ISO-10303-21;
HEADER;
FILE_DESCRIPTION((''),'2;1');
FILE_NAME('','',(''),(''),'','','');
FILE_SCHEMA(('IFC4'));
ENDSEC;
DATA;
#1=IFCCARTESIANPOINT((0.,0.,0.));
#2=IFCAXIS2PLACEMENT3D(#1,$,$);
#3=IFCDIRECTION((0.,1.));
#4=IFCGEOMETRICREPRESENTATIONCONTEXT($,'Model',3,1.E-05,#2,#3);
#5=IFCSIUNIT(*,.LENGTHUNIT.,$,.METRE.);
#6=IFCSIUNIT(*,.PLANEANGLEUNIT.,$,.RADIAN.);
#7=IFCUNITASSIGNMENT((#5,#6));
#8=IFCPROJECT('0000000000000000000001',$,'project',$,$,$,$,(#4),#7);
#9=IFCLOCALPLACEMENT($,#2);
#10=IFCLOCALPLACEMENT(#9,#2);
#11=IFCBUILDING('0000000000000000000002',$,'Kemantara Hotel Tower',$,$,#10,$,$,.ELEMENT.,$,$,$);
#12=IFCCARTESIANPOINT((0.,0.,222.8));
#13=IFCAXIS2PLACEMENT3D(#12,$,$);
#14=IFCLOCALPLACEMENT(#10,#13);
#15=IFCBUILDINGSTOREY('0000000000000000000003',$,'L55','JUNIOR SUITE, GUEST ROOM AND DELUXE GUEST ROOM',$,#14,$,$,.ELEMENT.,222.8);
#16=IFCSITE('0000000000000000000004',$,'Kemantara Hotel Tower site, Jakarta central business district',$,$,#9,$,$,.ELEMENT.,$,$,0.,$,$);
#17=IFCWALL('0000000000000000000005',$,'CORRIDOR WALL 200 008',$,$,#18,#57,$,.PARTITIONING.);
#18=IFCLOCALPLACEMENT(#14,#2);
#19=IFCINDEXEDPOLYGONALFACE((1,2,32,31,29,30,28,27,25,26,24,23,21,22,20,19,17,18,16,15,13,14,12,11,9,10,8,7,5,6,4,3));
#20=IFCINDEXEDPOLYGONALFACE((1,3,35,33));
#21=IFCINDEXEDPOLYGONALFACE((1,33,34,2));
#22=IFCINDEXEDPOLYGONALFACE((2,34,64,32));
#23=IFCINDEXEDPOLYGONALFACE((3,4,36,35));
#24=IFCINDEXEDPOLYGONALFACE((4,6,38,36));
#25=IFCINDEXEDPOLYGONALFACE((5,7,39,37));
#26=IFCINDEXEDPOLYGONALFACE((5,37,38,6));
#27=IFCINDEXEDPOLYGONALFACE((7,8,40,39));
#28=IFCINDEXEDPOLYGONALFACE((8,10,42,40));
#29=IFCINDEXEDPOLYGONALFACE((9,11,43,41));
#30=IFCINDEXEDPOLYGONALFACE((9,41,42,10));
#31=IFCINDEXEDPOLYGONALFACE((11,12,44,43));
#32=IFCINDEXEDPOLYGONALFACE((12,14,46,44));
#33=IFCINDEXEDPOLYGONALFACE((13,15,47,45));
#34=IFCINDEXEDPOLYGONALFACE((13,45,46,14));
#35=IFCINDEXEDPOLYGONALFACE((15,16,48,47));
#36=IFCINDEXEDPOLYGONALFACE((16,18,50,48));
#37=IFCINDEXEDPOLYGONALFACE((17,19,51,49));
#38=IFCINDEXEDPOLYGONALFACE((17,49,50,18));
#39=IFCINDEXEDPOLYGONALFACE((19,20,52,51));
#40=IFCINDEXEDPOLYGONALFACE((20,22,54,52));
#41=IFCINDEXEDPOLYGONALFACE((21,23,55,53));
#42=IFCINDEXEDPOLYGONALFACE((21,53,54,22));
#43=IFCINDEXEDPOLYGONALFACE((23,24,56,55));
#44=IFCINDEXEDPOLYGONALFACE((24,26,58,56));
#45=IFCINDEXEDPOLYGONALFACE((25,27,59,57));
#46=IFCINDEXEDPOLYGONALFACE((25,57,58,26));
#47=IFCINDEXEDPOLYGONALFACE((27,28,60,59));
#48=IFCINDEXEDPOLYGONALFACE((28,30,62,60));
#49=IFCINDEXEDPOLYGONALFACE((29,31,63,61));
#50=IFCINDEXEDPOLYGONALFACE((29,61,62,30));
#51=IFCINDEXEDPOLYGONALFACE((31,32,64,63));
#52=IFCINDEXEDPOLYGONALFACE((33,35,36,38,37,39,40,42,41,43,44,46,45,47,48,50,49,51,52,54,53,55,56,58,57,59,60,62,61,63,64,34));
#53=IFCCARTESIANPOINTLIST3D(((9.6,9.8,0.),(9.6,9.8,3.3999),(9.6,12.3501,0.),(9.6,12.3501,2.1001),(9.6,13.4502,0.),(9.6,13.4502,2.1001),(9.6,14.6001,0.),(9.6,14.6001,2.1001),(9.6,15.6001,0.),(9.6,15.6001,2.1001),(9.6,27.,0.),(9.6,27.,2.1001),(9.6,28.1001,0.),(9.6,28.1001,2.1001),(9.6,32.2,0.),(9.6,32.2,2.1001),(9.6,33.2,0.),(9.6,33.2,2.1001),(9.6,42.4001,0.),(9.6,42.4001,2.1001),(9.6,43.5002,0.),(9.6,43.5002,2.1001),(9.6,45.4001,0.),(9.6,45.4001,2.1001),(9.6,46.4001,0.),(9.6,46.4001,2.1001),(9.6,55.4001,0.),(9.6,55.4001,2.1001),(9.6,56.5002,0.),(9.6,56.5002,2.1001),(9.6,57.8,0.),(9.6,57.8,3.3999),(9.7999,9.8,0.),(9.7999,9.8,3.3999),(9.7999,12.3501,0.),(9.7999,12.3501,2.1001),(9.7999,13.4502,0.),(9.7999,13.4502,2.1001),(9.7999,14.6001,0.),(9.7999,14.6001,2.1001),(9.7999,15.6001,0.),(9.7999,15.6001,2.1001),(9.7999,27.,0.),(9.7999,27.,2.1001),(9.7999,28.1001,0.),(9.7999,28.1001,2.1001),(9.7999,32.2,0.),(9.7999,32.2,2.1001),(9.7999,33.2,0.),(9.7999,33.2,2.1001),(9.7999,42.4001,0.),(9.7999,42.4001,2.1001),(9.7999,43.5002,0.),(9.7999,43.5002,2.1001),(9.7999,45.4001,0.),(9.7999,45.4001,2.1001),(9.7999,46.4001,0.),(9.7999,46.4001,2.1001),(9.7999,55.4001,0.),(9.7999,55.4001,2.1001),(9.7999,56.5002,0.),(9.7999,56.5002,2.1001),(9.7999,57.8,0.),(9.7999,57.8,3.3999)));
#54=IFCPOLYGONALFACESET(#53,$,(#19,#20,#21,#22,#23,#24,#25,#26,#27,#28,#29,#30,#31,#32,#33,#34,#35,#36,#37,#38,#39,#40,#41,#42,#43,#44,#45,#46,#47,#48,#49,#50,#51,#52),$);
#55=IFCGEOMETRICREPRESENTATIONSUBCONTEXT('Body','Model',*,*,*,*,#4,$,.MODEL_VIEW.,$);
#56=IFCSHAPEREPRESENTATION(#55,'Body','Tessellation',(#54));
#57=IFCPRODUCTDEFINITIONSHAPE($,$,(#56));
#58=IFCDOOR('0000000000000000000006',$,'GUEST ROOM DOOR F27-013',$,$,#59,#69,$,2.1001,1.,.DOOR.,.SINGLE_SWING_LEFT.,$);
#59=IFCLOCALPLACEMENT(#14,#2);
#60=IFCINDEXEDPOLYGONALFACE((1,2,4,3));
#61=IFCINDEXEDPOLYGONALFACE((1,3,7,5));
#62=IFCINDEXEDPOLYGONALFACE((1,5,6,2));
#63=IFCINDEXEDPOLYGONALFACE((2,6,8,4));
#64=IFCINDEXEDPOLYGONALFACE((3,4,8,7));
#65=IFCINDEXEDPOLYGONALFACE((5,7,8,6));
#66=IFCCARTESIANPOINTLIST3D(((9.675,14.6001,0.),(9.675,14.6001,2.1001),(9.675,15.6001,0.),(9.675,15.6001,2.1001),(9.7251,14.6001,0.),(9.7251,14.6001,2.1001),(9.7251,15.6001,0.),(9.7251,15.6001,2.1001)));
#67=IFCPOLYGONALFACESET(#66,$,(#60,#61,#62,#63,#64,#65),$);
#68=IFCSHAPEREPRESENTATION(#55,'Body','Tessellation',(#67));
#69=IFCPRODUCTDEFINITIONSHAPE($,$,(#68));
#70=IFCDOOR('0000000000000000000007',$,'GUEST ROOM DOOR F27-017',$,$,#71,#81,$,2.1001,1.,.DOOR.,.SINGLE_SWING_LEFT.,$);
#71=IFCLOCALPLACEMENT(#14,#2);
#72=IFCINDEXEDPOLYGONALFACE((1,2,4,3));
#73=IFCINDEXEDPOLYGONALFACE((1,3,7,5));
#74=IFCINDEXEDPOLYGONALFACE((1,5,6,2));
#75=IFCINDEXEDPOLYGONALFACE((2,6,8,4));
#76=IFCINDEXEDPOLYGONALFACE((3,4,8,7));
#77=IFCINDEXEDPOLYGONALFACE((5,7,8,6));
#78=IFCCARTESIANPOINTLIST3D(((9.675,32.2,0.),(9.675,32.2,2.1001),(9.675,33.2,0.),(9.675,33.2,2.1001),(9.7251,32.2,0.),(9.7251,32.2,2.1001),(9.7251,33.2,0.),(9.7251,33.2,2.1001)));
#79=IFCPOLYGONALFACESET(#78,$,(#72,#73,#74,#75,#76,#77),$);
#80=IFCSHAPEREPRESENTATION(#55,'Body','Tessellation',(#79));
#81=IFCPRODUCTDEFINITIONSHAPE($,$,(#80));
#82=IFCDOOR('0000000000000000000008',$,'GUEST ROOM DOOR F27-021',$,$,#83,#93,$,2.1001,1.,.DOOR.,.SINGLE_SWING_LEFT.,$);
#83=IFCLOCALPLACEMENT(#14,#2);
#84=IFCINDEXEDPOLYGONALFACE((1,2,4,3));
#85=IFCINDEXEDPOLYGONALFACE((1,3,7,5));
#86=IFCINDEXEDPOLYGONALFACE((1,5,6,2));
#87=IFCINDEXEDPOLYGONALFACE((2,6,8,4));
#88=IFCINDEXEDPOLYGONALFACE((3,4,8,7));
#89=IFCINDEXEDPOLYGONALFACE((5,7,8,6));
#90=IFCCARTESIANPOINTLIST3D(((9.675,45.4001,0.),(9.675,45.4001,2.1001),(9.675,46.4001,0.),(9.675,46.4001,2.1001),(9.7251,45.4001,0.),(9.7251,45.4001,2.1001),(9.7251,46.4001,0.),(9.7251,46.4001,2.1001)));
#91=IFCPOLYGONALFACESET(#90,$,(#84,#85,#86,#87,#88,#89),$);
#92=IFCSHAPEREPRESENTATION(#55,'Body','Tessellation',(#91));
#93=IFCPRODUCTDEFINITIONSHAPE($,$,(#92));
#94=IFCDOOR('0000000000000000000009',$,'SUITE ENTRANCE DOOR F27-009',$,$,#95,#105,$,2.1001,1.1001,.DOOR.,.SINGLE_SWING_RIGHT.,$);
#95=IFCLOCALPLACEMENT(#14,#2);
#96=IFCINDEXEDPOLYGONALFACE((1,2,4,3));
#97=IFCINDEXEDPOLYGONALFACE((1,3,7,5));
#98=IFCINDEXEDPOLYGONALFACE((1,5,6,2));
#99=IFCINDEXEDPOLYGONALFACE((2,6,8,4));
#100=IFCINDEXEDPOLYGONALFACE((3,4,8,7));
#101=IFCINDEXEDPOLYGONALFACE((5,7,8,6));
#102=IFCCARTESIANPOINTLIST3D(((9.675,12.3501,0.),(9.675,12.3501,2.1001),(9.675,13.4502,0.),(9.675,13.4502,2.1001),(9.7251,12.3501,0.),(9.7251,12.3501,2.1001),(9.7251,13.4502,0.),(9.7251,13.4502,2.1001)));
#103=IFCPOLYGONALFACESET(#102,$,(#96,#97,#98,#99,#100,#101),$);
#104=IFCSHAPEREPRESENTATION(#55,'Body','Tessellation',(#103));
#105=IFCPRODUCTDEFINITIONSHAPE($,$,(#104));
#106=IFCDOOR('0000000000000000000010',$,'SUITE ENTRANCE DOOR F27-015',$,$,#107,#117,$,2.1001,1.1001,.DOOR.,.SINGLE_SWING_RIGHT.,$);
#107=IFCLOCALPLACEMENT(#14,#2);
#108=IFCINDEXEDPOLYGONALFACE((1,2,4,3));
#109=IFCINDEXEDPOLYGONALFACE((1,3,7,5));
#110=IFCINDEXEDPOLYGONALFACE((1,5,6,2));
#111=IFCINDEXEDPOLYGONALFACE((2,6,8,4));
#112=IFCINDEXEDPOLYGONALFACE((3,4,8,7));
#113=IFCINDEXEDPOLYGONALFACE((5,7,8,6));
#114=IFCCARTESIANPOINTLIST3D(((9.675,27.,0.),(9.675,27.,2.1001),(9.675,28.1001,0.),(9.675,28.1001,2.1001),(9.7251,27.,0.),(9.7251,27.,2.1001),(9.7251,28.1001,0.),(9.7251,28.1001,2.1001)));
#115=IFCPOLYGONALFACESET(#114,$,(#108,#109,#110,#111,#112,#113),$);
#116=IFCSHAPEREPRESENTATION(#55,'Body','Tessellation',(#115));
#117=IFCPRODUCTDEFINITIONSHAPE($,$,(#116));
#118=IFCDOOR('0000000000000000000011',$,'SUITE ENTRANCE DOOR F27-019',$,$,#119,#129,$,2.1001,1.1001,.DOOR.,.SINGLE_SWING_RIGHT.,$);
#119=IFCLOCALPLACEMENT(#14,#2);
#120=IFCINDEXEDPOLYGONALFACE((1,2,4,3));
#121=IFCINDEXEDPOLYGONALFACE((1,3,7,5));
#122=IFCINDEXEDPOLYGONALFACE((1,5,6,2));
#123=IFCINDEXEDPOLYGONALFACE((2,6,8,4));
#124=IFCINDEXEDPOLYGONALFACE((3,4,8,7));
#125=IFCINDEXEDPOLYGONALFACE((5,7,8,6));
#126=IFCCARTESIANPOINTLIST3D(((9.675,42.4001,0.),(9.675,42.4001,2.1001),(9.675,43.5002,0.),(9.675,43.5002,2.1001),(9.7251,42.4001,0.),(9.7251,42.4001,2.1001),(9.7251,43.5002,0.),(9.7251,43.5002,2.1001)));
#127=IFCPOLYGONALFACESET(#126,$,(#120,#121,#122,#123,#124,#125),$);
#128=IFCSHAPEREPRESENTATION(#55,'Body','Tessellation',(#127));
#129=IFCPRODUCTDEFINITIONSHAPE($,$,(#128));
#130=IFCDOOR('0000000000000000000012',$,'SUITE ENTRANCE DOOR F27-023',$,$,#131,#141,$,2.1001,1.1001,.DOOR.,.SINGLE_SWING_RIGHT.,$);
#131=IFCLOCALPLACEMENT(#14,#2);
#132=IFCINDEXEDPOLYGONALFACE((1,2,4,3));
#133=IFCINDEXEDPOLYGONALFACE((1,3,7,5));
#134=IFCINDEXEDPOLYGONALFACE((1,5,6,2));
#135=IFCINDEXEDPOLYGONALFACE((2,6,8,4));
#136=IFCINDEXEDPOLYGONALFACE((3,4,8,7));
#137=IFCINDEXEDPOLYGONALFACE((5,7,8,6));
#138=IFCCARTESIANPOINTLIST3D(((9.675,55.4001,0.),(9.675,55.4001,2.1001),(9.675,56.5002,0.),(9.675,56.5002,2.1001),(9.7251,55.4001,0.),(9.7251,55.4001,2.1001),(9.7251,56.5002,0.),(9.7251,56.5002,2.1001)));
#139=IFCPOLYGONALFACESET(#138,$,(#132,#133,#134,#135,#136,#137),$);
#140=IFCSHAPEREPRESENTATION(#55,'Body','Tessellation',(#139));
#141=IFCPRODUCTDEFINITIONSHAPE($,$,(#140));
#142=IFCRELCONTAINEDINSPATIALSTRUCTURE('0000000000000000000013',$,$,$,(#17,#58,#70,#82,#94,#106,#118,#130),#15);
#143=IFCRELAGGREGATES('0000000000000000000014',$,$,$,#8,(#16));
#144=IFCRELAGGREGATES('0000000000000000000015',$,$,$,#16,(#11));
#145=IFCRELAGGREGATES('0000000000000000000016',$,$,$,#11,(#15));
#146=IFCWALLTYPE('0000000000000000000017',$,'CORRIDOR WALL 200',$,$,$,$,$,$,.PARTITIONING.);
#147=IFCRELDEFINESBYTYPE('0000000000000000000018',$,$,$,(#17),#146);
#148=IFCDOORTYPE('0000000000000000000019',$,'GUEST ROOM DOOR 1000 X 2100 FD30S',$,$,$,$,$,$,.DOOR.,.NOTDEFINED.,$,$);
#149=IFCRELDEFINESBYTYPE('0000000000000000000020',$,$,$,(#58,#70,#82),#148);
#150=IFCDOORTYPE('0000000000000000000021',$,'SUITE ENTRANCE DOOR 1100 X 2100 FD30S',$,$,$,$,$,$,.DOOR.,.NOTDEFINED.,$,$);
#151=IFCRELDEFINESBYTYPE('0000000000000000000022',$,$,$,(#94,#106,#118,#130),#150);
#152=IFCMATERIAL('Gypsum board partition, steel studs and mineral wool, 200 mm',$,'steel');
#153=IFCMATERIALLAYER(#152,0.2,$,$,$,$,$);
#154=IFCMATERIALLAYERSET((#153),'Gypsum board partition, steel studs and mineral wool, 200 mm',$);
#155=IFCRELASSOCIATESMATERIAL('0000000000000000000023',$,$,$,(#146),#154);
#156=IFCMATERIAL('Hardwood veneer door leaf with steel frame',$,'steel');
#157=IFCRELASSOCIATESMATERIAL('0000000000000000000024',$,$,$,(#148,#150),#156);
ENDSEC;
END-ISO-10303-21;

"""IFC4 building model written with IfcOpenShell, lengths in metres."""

from ifc_helpers import new_model, si_unit, direction, frame, frame_2d, origin, place, context, subcontext, project, spatial, rectangle, extrude, material, layer, layer_set, type_object, element, fill, save


model = new_model("IFC4")

# Units and contexts
model_context = context("Model", 3, precision=1e-05, world=origin(), true_north=direction((0.0, 1.0)))
body_context = subcontext(model_context, "Body", "Model", "MODEL_VIEW")
ifc_project = project(units=[si_unit("LENGTHUNIT", "METRE"), si_unit("PLANEANGLEUNIT", "RADIAN")], contexts=[model_context])

# Site, building, storey
site_placement = place(None, origin())
site = spatial("IfcSite", under=ifc_project, at=site_placement, Name="Kemantara Hotel Tower site, Jakarta central business district", CompositionType="ELEMENT", RefElevation=0.0)
building_placement = place(site_placement, origin())
building = spatial("IfcBuilding", under=site, at=building_placement, Name="Kemantara Hotel Tower", CompositionType="ELEMENT")
storey_placement = place(building_placement, frame((0.0, 0.0, 222.8)))
storey = spatial("IfcBuildingStorey", under=building, at=storey_placement, Name="L55", Description="JUNIOR SUITE, GUEST ROOM AND DELUXE GUEST ROOM", CompositionType="ELEMENT", Elevation=222.8)

# Wall, openings, doors
ifc_material_1 = material(Name="Gypsum board partition, steel studs and mineral wool, 200 mm", Category="steel")
ifc_layer_1 = layer(ifc_material_1, 0.2)
ifc_layer_set_1 = layer_set([ifc_layer_1], Name="Gypsum board partition, steel studs and mineral wool, 200 mm")
wall_type_1 = type_object("IfcWallType", Name="CORRIDOR WALL 200", PredefinedType="PARTITIONING", material=ifc_layer_set_1)
wall_1_placement = place(storey_placement, frame((9.7, 9.8, 0.0), z_axis=(0.0, 0.0, 1.0), x_axis=(0.0, 1.0, 0.0)))
wall_1 = element("IfcWall", 1, at=wall_1_placement, inside=storey, type_object=wall_type_1, Name="CORRIDOR WALL 200 008", PredefinedType="PARTITIONING", context=body_context, shape_type="SweptSolid", body=[
    extrude(rectangle(XDim=48.0, YDim=0.2, at=frame_2d((24.0, 0.0))), origin(), (0.0, 0.0, 1.0), 3.3999),
])
opening_1_placement = place(wall_1_placement, frame((2.55, 0.0, 0.0)))
opening_1 = element("IfcOpeningElement", 2, at=opening_1_placement, cuts=wall_1, PredefinedType="OPENING", context=body_context, shape_type="SweptSolid", body=[
    extrude(rectangle(XDim=1.1001, YDim=2.1001, at=frame_2d((0.55, 1.05))), frame((0.0, 0.1099, 0.0), z_axis=(0.0, -1.0, 0.0), x_axis=(1.0, 0.0, 0.0)), (0.0, 0.0, 1.0), 0.22),
])
opening_2_placement = place(wall_1_placement, frame((4.8, 0.0, 0.0)))
opening_2 = element("IfcOpeningElement", 3, at=opening_2_placement, cuts=wall_1, PredefinedType="OPENING", context=body_context, shape_type="SweptSolid", body=[
    extrude(rectangle(XDim=1.0, YDim=2.1001, at=frame_2d((0.5, 1.05))), frame((0.0, 0.1099, 0.0), z_axis=(0.0, -1.0, 0.0), x_axis=(1.0, 0.0, 0.0)), (0.0, 0.0, 1.0), 0.22),
])
opening_3_placement = place(wall_1_placement, frame((17.2, 0.0, 0.0)))
opening_3 = element("IfcOpeningElement", 4, at=opening_3_placement, cuts=wall_1, PredefinedType="OPENING", context=body_context, shape_type="SweptSolid", body=[
    extrude(rectangle(XDim=1.1001, YDim=2.1001, at=frame_2d((0.55, 1.05))), frame((0.0, 0.1099, 0.0), z_axis=(0.0, -1.0, 0.0), x_axis=(1.0, 0.0, 0.0)), (0.0, 0.0, 1.0), 0.22),
])
opening_4_placement = place(wall_1_placement, frame((22.3999, 0.0, 0.0)))
opening_4 = element("IfcOpeningElement", 5, at=opening_4_placement, cuts=wall_1, PredefinedType="OPENING", context=body_context, shape_type="SweptSolid", body=[
    extrude(rectangle(XDim=1.0, YDim=2.1001, at=frame_2d((0.5, 1.05))), frame((0.0, 0.1099, 0.0), z_axis=(0.0, -1.0, 0.0), x_axis=(1.0, 0.0, 0.0)), (0.0, 0.0, 1.0), 0.22),
])
opening_5_placement = place(wall_1_placement, frame((32.6001, 0.0, 0.0)))
opening_5 = element("IfcOpeningElement", 6, at=opening_5_placement, cuts=wall_1, PredefinedType="OPENING", context=body_context, shape_type="SweptSolid", body=[
    extrude(rectangle(XDim=1.1001, YDim=2.1001, at=frame_2d((0.55, 1.05))), frame((0.0, 0.1099, 0.0), z_axis=(0.0, -1.0, 0.0), x_axis=(1.0, 0.0, 0.0)), (0.0, 0.0, 1.0), 0.22),
])
opening_6_placement = place(wall_1_placement, frame((35.6001, 0.0, 0.0)))
opening_6 = element("IfcOpeningElement", 7, at=opening_6_placement, cuts=wall_1, PredefinedType="OPENING", context=body_context, shape_type="SweptSolid", body=[
    extrude(rectangle(XDim=1.0, YDim=2.1001, at=frame_2d((0.5, 1.05))), frame((0.0, 0.1099, 0.0), z_axis=(0.0, -1.0, 0.0), x_axis=(1.0, 0.0, 0.0)), (0.0, 0.0, 1.0), 0.22),
])
opening_7_placement = place(wall_1_placement, frame((45.6001, 0.0, 0.0)))
opening_7 = element("IfcOpeningElement", 8, at=opening_7_placement, cuts=wall_1, PredefinedType="OPENING", context=body_context, shape_type="SweptSolid", body=[
    extrude(rectangle(XDim=1.1001, YDim=2.1001, at=frame_2d((0.55, 1.05))), frame((0.0, 0.1099, 0.0), z_axis=(0.0, -1.0, 0.0), x_axis=(1.0, 0.0, 0.0)), (0.0, 0.0, 1.0), 0.22),
])
ifc_material_2 = material(Name="Hardwood veneer door leaf with steel frame", Category="steel")
door_type_1 = type_object("IfcDoorType", Name="GUEST ROOM DOOR 1000 X 2100 FD30S", OperationType="NOTDEFINED", PredefinedType="DOOR", material=ifc_material_2)
door_1_placement = place(opening_2_placement, origin())
door_1 = element("IfcDoor", 9, at=door_1_placement, inside=storey, type_object=door_type_1, Name="GUEST ROOM DOOR F27-013", OperationType="SINGLE_SWING_LEFT", OverallHeight=2.1001, OverallWidth=1.0, PredefinedType="DOOR", context=body_context, shape_type="SweptSolid", body=[
    extrude(rectangle(XDim=1.0, YDim=2.1001, at=frame_2d((0.5, 1.05))), frame((0.0, 0.0249, 0.0), z_axis=(0.0, -1.0, 0.0), x_axis=(1.0, 0.0, 0.0)), (0.0, 0.0, 1.0), 0.05),
])
fill(opening_2, door_1)
door_2_placement = place(opening_4_placement, origin())
door_2 = element("IfcDoor", 10, at=door_2_placement, inside=storey, type_object=door_type_1, Name="GUEST ROOM DOOR F27-017", OperationType="SINGLE_SWING_LEFT", OverallHeight=2.1001, OverallWidth=1.0, PredefinedType="DOOR", context=body_context, shape_type="SweptSolid", body=[
    extrude(rectangle(XDim=1.0, YDim=2.1001, at=frame_2d((0.5, 1.05))), frame((0.0, 0.0249, 0.0), z_axis=(0.0, -1.0, 0.0), x_axis=(1.0, 0.0, 0.0)), (0.0, 0.0, 1.0), 0.05),
])
fill(opening_4, door_2)
door_3_placement = place(opening_6_placement, origin())
door_3 = element("IfcDoor", 11, at=door_3_placement, inside=storey, type_object=door_type_1, Name="GUEST ROOM DOOR F27-021", OperationType="SINGLE_SWING_LEFT", OverallHeight=2.1001, OverallWidth=1.0, PredefinedType="DOOR", context=body_context, shape_type="SweptSolid", body=[
    extrude(rectangle(XDim=1.0, YDim=2.1001, at=frame_2d((0.5, 1.05))), frame((0.0, 0.0249, 0.0), z_axis=(0.0, -1.0, 0.0), x_axis=(1.0, 0.0, 0.0)), (0.0, 0.0, 1.0), 0.05),
])
fill(opening_6, door_3)
door_type_2 = type_object("IfcDoorType", Name="SUITE ENTRANCE DOOR 1100 X 2100 FD30S", OperationType="NOTDEFINED", PredefinedType="DOOR", material=ifc_material_2)
door_4_placement = place(opening_1_placement, origin())
door_4 = element("IfcDoor", 12, at=door_4_placement, inside=storey, type_object=door_type_2, Name="SUITE ENTRANCE DOOR F27-009", OperationType="SINGLE_SWING_RIGHT", OverallHeight=2.1001, OverallWidth=1.1001, PredefinedType="DOOR", context=body_context, shape_type="SweptSolid", body=[
    extrude(rectangle(XDim=1.1001, YDim=2.1001, at=frame_2d((0.55, 1.05))), frame((0.0, 0.0249, 0.0), z_axis=(0.0, -1.0, 0.0), x_axis=(1.0, 0.0, 0.0)), (0.0, 0.0, 1.0), 0.05),
])
fill(opening_1, door_4)
door_5_placement = place(opening_3_placement, origin())
door_5 = element("IfcDoor", 13, at=door_5_placement, inside=storey, type_object=door_type_2, Name="SUITE ENTRANCE DOOR F27-015", OperationType="SINGLE_SWING_RIGHT", OverallHeight=2.1001, OverallWidth=1.1001, PredefinedType="DOOR", context=body_context, shape_type="SweptSolid", body=[
    extrude(rectangle(XDim=1.1001, YDim=2.1001, at=frame_2d((0.55, 1.05))), frame((0.0, 0.0249, 0.0), z_axis=(0.0, -1.0, 0.0), x_axis=(1.0, 0.0, 0.0)), (0.0, 0.0, 1.0), 0.05),
])
fill(opening_3, door_5)
door_6_placement = place(opening_5_placement, origin())
door_6 = element("IfcDoor", 14, at=door_6_placement, inside=storey, type_object=door_type_2, Name="SUITE ENTRANCE DOOR F27-019", OperationType="SINGLE_SWING_RIGHT", OverallHeight=2.1001, OverallWidth=1.1001, PredefinedType="DOOR", context=body_context, shape_type="SweptSolid", body=[
    extrude(rectangle(XDim=1.1001, YDim=2.1001, at=frame_2d((0.55, 1.05))), frame((0.0, 0.0249, 0.0), z_axis=(0.0, -1.0, 0.0), x_axis=(1.0, 0.0, 0.0)), (0.0, 0.0, 1.0), 0.05),
])
fill(opening_5, door_6)
door_7_placement = place(opening_7_placement, origin())
door_7 = element("IfcDoor", 15, at=door_7_placement, inside=storey, type_object=door_type_2, Name="SUITE ENTRANCE DOOR F27-023", OperationType="SINGLE_SWING_RIGHT", OverallHeight=2.1001, OverallWidth=1.1001, PredefinedType="DOOR", context=body_context, shape_type="SweptSolid", body=[
    extrude(rectangle(XDim=1.1001, YDim=2.1001, at=frame_2d((0.55, 1.05))), frame((0.0, 0.0249, 0.0), z_axis=(0.0, -1.0, 0.0), x_axis=(1.0, 0.0, 0.0)), (0.0, 0.0, 1.0), 0.05),
])
fill(opening_7, door_7)

save(model, "model.ifc")
